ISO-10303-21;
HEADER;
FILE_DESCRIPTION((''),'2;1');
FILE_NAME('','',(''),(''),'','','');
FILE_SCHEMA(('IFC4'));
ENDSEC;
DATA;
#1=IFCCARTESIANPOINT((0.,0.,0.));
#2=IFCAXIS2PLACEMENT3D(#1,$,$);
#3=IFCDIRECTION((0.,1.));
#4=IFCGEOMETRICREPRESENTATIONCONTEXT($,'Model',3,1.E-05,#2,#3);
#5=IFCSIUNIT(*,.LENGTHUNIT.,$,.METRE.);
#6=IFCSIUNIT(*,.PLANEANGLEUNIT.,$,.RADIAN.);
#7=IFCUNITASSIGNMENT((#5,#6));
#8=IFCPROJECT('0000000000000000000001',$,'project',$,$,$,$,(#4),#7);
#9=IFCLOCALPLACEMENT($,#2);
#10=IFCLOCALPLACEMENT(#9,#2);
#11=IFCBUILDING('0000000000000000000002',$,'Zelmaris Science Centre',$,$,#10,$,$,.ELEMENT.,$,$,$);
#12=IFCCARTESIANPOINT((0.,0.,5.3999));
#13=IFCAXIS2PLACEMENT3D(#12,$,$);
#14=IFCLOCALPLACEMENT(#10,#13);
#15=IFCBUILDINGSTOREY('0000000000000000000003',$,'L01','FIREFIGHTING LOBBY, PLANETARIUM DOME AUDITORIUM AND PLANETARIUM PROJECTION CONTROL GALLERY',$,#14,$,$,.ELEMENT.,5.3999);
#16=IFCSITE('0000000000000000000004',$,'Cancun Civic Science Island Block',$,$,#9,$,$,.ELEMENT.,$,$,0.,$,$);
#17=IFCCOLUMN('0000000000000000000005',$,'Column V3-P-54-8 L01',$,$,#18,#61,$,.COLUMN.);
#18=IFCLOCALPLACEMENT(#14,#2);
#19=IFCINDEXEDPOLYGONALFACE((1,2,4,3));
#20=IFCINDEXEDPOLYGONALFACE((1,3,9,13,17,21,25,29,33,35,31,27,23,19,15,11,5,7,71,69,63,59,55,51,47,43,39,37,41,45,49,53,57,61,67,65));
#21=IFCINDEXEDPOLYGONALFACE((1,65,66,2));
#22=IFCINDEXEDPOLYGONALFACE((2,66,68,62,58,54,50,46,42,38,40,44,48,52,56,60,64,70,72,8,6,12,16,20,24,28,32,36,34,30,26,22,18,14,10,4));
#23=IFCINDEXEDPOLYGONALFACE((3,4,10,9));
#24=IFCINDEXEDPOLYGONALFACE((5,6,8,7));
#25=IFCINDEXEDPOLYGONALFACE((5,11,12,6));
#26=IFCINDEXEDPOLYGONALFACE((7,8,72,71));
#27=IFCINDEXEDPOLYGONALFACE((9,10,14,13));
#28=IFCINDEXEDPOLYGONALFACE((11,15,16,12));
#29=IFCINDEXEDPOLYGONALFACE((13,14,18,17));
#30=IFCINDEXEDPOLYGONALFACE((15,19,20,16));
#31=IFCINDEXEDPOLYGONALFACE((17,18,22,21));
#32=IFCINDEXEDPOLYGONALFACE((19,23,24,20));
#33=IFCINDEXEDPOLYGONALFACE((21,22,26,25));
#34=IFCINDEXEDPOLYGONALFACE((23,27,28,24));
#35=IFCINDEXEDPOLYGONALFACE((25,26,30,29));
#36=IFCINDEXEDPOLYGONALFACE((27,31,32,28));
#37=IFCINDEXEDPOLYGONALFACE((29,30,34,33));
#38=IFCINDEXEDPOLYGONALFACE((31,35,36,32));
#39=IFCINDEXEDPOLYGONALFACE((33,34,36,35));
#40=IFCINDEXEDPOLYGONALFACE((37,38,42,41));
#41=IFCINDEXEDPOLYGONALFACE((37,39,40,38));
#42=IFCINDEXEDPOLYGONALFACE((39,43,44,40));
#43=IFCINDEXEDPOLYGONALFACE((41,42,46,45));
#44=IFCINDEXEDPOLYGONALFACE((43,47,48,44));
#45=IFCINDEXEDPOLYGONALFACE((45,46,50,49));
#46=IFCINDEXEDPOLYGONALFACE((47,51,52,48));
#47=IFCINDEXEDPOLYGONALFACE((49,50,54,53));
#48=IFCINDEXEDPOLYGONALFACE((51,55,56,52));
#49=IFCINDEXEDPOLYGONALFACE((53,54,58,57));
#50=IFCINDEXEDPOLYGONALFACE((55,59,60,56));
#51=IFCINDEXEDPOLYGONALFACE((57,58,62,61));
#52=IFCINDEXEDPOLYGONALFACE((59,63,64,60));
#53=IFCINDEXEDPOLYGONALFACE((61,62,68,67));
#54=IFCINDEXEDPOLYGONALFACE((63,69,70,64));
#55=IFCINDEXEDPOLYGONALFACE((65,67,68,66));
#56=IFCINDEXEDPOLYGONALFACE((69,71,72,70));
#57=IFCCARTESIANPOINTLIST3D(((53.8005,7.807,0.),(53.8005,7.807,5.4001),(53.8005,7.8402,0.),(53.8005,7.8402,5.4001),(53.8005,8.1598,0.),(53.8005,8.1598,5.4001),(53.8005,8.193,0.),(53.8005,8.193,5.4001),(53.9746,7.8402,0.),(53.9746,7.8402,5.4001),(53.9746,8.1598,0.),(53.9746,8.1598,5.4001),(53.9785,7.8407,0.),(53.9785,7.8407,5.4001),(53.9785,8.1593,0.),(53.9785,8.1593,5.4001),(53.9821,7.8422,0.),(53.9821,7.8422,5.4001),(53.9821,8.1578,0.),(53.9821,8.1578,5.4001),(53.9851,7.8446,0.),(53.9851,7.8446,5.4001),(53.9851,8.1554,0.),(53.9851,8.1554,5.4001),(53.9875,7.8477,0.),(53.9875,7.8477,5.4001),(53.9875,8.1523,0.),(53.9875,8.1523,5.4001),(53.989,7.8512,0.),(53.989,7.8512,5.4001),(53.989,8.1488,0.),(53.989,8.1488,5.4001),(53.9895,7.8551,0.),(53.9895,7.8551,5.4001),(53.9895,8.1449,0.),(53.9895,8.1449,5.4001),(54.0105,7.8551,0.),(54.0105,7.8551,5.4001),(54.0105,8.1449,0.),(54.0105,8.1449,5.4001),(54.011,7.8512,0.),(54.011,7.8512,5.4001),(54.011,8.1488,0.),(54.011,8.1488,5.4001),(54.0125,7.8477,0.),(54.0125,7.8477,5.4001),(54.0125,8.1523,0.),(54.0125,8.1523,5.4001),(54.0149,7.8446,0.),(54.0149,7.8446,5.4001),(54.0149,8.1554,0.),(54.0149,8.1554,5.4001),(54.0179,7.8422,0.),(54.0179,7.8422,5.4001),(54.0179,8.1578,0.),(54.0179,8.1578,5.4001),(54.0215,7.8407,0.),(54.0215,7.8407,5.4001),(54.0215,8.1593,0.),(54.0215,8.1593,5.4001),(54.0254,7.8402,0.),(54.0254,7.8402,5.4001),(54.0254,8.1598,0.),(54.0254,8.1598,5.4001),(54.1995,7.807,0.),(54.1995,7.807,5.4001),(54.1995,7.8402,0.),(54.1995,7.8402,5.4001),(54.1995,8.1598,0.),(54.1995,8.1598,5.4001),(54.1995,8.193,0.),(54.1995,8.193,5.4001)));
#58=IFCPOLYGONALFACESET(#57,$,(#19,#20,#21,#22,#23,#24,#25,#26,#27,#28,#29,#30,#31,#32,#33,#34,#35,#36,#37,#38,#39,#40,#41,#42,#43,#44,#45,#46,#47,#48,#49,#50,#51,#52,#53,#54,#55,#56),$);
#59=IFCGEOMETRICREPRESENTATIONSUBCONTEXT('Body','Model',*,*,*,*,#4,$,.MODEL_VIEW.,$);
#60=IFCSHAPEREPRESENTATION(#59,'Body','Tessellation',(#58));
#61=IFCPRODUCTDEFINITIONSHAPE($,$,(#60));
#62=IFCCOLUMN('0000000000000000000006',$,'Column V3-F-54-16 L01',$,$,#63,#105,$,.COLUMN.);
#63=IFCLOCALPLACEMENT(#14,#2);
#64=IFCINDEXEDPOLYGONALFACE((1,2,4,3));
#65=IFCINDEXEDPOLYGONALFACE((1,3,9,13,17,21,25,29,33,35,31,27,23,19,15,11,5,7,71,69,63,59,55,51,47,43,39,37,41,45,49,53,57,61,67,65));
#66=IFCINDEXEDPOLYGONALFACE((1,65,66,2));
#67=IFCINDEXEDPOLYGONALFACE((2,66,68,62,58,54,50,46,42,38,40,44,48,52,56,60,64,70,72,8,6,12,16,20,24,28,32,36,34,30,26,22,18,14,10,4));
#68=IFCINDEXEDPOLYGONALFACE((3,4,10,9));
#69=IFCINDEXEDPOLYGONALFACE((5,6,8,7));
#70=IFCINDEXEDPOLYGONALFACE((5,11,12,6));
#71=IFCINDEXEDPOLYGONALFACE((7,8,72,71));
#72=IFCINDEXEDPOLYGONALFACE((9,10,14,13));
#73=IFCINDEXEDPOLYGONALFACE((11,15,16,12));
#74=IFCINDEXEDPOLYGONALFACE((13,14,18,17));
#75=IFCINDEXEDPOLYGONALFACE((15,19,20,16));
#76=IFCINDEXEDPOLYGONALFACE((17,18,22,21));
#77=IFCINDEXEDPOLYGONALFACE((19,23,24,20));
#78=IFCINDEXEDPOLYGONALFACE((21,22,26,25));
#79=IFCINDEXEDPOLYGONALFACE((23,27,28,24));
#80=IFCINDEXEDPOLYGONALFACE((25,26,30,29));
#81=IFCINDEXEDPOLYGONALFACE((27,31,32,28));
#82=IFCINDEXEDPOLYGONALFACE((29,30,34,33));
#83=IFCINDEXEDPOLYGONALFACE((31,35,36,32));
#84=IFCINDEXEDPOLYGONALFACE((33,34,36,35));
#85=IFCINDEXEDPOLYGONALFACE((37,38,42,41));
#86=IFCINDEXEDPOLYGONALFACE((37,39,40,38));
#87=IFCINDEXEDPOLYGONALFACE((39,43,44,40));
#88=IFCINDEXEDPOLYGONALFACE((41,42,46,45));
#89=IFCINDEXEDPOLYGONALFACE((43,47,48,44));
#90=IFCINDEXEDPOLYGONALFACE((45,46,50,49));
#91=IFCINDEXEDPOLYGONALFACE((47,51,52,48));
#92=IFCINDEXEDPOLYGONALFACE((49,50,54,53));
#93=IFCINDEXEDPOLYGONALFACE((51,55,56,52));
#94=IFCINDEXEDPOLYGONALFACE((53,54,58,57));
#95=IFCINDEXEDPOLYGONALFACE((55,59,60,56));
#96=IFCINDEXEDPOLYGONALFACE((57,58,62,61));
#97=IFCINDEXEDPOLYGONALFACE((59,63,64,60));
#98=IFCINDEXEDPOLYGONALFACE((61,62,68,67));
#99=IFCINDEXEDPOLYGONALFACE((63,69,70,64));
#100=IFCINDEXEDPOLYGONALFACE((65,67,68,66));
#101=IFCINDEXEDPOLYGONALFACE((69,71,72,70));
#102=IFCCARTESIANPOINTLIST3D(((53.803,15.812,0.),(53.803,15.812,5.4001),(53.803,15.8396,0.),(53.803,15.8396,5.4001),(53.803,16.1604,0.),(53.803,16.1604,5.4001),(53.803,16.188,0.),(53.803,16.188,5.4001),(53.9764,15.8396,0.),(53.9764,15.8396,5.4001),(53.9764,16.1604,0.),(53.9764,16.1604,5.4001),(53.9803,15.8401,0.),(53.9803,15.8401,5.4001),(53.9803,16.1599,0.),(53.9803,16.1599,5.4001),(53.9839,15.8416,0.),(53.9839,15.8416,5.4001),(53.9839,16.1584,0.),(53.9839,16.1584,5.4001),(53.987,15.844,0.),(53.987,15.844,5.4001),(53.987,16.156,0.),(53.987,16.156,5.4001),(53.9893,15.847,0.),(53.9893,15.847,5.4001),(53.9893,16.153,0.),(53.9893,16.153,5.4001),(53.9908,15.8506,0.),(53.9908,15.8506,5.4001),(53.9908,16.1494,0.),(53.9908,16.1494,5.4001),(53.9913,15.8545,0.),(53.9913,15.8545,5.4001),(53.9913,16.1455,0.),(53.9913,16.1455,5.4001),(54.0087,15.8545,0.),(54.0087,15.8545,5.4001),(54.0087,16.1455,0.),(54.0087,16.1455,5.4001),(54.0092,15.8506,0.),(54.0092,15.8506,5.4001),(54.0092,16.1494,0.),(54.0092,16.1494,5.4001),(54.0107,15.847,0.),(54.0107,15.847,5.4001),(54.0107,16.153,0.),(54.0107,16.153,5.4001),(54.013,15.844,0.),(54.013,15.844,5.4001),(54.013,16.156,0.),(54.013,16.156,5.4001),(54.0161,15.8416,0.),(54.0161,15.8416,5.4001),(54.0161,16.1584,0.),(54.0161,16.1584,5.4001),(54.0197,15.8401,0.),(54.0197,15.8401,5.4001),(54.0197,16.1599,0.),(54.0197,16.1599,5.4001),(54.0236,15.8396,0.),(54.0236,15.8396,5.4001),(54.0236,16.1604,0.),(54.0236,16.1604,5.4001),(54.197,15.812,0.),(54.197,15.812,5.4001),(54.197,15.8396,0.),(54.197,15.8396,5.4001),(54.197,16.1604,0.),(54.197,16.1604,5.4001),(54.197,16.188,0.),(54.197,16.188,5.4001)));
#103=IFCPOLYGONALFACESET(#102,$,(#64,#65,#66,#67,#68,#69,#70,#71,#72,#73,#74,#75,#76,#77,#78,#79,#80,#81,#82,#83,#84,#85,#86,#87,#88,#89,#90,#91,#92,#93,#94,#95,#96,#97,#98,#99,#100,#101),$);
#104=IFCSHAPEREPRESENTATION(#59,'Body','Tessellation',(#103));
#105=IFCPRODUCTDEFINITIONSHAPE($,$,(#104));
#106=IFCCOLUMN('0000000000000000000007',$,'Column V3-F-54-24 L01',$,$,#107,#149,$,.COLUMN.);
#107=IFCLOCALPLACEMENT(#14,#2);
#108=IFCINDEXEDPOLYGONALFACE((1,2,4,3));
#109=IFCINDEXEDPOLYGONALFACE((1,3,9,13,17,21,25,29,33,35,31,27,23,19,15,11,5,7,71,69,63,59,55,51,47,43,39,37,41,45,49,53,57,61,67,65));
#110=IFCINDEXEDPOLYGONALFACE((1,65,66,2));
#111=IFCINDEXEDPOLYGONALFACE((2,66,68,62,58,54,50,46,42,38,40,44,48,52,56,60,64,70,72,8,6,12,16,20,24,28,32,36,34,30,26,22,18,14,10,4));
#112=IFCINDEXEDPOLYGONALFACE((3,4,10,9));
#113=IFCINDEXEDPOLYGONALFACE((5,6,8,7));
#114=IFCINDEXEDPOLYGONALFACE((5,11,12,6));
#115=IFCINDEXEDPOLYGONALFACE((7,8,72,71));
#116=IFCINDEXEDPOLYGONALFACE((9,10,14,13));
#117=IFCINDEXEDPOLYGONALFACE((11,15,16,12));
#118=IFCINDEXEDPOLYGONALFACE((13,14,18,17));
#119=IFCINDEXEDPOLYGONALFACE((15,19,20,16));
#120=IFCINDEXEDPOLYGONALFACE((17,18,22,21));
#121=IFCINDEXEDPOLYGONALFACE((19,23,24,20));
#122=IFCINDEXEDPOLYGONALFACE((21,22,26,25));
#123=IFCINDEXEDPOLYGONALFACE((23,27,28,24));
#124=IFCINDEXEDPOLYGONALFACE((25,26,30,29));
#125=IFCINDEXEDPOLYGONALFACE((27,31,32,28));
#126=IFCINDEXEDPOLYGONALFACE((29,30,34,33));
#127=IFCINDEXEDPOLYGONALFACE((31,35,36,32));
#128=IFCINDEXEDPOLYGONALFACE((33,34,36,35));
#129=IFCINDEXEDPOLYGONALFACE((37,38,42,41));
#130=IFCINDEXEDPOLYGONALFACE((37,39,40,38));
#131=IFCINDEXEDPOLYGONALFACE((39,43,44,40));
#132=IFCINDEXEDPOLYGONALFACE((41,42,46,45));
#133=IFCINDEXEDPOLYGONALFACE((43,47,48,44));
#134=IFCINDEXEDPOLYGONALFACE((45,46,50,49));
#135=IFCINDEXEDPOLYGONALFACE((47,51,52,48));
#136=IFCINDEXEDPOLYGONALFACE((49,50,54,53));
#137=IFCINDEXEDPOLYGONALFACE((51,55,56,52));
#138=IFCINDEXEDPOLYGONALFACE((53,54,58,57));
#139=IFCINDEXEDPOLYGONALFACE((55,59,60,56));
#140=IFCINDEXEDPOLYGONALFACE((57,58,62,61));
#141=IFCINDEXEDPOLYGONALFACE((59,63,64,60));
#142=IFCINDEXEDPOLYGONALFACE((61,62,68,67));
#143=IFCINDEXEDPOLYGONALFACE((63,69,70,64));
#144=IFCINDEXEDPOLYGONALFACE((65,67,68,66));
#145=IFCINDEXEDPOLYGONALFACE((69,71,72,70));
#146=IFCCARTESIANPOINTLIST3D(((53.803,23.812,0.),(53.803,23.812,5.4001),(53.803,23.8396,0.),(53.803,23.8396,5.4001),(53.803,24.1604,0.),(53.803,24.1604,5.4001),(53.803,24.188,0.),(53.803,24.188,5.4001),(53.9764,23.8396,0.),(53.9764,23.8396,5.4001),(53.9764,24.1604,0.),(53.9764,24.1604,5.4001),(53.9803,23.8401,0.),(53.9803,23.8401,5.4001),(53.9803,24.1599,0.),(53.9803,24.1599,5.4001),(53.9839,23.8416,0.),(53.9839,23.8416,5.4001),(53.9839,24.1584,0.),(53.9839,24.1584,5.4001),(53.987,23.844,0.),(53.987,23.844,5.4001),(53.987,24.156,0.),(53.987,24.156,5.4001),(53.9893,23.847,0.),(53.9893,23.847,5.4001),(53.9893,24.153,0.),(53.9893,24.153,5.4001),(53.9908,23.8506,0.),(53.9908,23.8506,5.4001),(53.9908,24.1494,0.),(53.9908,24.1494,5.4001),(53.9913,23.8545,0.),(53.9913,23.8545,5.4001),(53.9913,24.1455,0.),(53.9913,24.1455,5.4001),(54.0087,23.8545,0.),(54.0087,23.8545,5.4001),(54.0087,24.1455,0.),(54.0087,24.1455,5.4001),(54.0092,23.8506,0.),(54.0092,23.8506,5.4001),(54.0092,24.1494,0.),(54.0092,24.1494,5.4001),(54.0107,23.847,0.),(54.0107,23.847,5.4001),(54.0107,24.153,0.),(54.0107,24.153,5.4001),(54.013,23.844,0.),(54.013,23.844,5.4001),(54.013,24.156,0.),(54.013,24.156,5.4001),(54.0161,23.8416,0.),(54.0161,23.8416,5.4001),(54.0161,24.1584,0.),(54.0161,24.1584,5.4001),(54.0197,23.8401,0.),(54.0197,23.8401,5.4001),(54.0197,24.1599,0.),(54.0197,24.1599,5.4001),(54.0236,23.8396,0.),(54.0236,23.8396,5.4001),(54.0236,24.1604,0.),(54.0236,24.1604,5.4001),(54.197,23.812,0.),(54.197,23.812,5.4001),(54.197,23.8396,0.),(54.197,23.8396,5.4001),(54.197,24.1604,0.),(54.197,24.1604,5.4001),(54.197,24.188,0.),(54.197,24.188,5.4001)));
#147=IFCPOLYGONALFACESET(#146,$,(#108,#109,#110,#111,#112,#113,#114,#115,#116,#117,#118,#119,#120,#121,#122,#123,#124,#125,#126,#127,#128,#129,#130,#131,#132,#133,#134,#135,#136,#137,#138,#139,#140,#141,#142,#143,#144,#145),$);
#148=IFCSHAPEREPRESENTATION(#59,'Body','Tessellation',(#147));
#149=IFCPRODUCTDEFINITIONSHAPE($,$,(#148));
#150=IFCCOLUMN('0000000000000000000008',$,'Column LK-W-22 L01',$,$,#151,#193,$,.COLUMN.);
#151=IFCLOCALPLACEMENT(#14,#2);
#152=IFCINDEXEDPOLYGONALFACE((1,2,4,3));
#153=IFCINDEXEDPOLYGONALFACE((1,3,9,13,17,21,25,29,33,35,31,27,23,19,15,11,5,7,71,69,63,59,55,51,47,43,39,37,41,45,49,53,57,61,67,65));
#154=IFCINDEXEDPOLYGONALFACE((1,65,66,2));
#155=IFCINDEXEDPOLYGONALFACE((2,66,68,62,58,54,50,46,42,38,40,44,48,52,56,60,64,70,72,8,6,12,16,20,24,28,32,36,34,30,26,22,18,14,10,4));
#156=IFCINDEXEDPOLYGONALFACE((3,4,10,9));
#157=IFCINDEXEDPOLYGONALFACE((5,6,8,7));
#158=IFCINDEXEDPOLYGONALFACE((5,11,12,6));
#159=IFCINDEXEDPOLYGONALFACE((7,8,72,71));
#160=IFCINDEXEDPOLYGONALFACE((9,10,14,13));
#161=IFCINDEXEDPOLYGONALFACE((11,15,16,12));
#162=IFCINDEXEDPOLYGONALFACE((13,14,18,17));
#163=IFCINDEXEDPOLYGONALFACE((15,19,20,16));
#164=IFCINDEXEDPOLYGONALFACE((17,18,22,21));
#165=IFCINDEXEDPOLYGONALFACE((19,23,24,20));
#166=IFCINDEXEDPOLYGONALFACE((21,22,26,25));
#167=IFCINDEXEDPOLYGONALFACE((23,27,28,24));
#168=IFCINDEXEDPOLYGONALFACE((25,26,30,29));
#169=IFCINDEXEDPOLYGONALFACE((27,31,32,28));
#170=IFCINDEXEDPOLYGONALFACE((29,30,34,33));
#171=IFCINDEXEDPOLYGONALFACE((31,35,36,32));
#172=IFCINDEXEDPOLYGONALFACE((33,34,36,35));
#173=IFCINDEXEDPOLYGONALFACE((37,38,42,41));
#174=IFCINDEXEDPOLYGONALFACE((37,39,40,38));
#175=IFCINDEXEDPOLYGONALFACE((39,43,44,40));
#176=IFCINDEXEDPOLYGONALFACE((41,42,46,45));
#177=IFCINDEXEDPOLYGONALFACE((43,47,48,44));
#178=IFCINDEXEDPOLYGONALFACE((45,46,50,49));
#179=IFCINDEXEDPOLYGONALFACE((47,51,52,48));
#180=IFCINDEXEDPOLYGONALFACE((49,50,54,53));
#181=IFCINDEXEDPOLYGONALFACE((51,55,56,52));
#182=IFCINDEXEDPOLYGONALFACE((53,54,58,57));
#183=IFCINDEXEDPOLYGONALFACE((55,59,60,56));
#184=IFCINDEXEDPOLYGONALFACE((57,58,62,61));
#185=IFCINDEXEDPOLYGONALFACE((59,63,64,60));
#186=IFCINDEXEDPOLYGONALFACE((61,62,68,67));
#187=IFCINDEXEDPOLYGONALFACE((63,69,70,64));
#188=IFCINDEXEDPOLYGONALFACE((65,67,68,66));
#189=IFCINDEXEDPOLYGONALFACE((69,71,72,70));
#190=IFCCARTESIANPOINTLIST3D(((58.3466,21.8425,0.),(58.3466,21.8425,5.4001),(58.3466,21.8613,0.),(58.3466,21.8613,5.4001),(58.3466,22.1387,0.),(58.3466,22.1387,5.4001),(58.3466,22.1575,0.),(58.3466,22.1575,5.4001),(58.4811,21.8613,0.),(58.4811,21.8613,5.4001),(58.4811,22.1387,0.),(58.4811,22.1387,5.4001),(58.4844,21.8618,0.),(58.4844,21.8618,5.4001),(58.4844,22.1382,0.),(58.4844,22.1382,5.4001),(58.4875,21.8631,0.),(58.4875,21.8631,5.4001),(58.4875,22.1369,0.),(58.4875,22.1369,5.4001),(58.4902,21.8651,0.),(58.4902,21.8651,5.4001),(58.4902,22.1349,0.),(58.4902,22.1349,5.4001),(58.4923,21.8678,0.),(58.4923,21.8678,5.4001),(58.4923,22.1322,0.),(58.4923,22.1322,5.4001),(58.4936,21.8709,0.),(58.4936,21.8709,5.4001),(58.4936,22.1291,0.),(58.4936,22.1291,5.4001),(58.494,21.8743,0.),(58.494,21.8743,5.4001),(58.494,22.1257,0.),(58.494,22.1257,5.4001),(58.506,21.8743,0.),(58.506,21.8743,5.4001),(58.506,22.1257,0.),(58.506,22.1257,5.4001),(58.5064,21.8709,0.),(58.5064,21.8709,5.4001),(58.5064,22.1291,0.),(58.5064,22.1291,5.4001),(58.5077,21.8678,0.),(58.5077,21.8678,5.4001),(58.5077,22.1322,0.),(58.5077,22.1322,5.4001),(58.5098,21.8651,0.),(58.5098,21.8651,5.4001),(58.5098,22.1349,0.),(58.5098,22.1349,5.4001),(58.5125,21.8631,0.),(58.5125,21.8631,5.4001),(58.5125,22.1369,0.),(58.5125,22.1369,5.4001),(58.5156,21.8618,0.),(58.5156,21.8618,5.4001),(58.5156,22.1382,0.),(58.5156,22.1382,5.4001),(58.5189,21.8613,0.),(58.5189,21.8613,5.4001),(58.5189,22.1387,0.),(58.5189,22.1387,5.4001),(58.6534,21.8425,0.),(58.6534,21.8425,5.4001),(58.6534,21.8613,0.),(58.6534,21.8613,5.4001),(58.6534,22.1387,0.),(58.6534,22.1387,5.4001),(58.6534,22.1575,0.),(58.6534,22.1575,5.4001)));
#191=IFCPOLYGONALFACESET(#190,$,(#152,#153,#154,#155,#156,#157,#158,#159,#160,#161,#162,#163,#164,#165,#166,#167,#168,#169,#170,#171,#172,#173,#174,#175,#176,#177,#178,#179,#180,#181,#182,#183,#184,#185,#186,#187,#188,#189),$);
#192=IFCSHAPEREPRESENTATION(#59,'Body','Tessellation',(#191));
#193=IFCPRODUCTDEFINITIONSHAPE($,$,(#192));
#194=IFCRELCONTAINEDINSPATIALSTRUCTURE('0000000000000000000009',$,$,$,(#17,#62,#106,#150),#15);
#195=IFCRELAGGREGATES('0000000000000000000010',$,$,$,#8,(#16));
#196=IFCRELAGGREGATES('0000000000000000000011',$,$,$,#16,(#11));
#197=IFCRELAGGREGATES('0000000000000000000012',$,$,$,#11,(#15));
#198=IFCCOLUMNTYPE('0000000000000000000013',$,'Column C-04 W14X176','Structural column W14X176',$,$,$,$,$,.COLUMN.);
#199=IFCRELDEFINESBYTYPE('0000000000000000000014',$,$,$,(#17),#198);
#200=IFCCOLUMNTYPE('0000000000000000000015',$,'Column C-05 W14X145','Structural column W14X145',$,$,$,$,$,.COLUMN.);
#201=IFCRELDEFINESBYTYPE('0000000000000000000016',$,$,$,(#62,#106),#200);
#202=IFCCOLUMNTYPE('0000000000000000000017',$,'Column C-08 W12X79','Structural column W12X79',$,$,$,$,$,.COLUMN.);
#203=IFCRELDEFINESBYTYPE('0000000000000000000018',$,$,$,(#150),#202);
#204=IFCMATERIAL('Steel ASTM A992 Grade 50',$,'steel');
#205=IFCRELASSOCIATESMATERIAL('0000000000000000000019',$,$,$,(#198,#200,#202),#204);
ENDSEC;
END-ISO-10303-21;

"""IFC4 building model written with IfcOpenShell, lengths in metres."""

from ifc_helpers import new_model, si_unit, direction, frame, origin, origin_2d, place, context, subcontext, project, spatial, i_section, extrude, material, material_profile, profile_set, type_object, element, save


model = new_model("IFC4")

# Units and contexts
model_context = context("Model", 3, precision=1e-05, world=origin(), true_north=direction((0.0, 1.0)))
body_context = subcontext(model_context, "Body", "Model", "MODEL_VIEW")
ifc_project = project(units=[si_unit("LENGTHUNIT", "METRE"), si_unit("PLANEANGLEUNIT", "RADIAN")], contexts=[model_context])

# Site, building, storey
site_placement = place(None, origin())
site = spatial("IfcSite", under=ifc_project, at=site_placement, Name="Cancun Civic Science Island Block", CompositionType="ELEMENT", RefElevation=0.0)
building_placement = place(site_placement, origin())
building = spatial("IfcBuilding", under=site, at=building_placement, Name="Zelmaris Science Centre", CompositionType="ELEMENT")
storey_placement = place(building_placement, frame((0.0, 0.0, 5.3999)))
storey = spatial("IfcBuildingStorey", under=building, at=storey_placement, Name="L01", Description="FIREFIGHTING LOBBY, PLANETARIUM DOME AUDITORIUM AND PLANETARIUM PROJECTION CONTROL GALLERY", CompositionType="ELEMENT", Elevation=5.3999)

# Columns
ifc_material_1 = material(Name="Steel ASTM A992 Grade 50", Category="steel")
ifc_material_profile_1 = material_profile(ifc_material_1, i_section(OverallWidth=0.3989, OverallDepth=0.386, WebThickness=0.021, FlangeThickness=0.0332, FilletRadius=0.0149, at=origin_2d()), Name="W14X176")
ifc_profile_set_1 = profile_set([ifc_material_profile_1], Name="Steel ASTM A992 Grade 50")
column_type_1 = type_object("IfcColumnType", Name="Column C-04 W14X176", Description="Structural column W14X176", PredefinedType="COLUMN", material=ifc_profile_set_1)
column_1_placement = place(storey_placement, frame((54.0, 8.0, 0.0), z_axis=(0.0, 0.0, 1.0), x_axis=(1.0, 0.0, 0.0)))
element("IfcColumn", 1, at=column_1_placement, inside=storey, type_object=column_type_1, Name="Column V3-P-54-8 L01", PredefinedType="COLUMN", context=body_context, shape_type="SweptSolid", body=[
    extrude(i_section(OverallWidth=0.3989, OverallDepth=0.386, WebThickness=0.021, FlangeThickness=0.0332, FilletRadius=0.0149, at=origin_2d()), origin(), (0.0, 0.0, 1.0), 5.4001),
])
ifc_material_profile_2 = material_profile(ifc_material_1, i_section(OverallWidth=0.394, OverallDepth=0.376, WebThickness=0.0173, FlangeThickness=0.0276, FilletRadius=0.0149, at=origin_2d()), Name="W14X145")
ifc_profile_set_2 = profile_set([ifc_material_profile_2], Name="Steel ASTM A992 Grade 50")
column_type_2 = type_object("IfcColumnType", Name="Column C-05 W14X145", Description="Structural column W14X145", PredefinedType="COLUMN", material=ifc_profile_set_2)
for number, where, z_axis, x_axis, name in (
    (2, (54.0, 16.0, 0.0), (0.0, 0.0, 1.0), (1.0, 0.0, 0.0), "Column V3-F-54-16 L01"),
    (3, (54.0, 24.0, 0.0), (0.0, 0.0, 1.0), (1.0, 0.0, 0.0), "Column V3-F-54-24 L01"),
):
    element("IfcColumn", number, at=place(storey_placement, frame(where, z_axis=z_axis, x_axis=x_axis)), inside=storey, type_object=column_type_2, Name=name, PredefinedType="COLUMN", context=body_context, shape_type="SweptSolid", body=[
        extrude(i_section(OverallWidth=0.394, OverallDepth=0.376, WebThickness=0.0173, FlangeThickness=0.0276, FilletRadius=0.0149, at=origin_2d()), origin(), (0.0, 0.0, 1.0), 5.4001),
    ])
ifc_material_profile_3 = material_profile(ifc_material_1, i_section(OverallWidth=0.3069, OverallDepth=0.3149, WebThickness=0.012, FlangeThickness=0.0188, FilletRadius=0.0129, at=origin_2d()), Name="W12X79")
ifc_profile_set_3 = profile_set([ifc_material_profile_3], Name="Steel ASTM A992 Grade 50")
column_type_3 = type_object("IfcColumnType", Name="Column C-08 W12X79", Description="Structural column W12X79", PredefinedType="COLUMN", material=ifc_profile_set_3)
column_2_placement = place(storey_placement, frame((58.5, 22.0, 0.0), z_axis=(0.0, 0.0, 1.0), x_axis=(1.0, 0.0, 0.0)))
element("IfcColumn", 4, at=column_2_placement, inside=storey, type_object=column_type_3, Name="Column LK-W-22 L01", PredefinedType="COLUMN", context=body_context, shape_type="SweptSolid", body=[
    extrude(i_section(OverallWidth=0.3069, OverallDepth=0.3149, WebThickness=0.012, FlangeThickness=0.0188, FilletRadius=0.0129, at=origin_2d()), origin(), (0.0, 0.0, 1.0), 5.4001),
])

save(model, "model.ifc")
